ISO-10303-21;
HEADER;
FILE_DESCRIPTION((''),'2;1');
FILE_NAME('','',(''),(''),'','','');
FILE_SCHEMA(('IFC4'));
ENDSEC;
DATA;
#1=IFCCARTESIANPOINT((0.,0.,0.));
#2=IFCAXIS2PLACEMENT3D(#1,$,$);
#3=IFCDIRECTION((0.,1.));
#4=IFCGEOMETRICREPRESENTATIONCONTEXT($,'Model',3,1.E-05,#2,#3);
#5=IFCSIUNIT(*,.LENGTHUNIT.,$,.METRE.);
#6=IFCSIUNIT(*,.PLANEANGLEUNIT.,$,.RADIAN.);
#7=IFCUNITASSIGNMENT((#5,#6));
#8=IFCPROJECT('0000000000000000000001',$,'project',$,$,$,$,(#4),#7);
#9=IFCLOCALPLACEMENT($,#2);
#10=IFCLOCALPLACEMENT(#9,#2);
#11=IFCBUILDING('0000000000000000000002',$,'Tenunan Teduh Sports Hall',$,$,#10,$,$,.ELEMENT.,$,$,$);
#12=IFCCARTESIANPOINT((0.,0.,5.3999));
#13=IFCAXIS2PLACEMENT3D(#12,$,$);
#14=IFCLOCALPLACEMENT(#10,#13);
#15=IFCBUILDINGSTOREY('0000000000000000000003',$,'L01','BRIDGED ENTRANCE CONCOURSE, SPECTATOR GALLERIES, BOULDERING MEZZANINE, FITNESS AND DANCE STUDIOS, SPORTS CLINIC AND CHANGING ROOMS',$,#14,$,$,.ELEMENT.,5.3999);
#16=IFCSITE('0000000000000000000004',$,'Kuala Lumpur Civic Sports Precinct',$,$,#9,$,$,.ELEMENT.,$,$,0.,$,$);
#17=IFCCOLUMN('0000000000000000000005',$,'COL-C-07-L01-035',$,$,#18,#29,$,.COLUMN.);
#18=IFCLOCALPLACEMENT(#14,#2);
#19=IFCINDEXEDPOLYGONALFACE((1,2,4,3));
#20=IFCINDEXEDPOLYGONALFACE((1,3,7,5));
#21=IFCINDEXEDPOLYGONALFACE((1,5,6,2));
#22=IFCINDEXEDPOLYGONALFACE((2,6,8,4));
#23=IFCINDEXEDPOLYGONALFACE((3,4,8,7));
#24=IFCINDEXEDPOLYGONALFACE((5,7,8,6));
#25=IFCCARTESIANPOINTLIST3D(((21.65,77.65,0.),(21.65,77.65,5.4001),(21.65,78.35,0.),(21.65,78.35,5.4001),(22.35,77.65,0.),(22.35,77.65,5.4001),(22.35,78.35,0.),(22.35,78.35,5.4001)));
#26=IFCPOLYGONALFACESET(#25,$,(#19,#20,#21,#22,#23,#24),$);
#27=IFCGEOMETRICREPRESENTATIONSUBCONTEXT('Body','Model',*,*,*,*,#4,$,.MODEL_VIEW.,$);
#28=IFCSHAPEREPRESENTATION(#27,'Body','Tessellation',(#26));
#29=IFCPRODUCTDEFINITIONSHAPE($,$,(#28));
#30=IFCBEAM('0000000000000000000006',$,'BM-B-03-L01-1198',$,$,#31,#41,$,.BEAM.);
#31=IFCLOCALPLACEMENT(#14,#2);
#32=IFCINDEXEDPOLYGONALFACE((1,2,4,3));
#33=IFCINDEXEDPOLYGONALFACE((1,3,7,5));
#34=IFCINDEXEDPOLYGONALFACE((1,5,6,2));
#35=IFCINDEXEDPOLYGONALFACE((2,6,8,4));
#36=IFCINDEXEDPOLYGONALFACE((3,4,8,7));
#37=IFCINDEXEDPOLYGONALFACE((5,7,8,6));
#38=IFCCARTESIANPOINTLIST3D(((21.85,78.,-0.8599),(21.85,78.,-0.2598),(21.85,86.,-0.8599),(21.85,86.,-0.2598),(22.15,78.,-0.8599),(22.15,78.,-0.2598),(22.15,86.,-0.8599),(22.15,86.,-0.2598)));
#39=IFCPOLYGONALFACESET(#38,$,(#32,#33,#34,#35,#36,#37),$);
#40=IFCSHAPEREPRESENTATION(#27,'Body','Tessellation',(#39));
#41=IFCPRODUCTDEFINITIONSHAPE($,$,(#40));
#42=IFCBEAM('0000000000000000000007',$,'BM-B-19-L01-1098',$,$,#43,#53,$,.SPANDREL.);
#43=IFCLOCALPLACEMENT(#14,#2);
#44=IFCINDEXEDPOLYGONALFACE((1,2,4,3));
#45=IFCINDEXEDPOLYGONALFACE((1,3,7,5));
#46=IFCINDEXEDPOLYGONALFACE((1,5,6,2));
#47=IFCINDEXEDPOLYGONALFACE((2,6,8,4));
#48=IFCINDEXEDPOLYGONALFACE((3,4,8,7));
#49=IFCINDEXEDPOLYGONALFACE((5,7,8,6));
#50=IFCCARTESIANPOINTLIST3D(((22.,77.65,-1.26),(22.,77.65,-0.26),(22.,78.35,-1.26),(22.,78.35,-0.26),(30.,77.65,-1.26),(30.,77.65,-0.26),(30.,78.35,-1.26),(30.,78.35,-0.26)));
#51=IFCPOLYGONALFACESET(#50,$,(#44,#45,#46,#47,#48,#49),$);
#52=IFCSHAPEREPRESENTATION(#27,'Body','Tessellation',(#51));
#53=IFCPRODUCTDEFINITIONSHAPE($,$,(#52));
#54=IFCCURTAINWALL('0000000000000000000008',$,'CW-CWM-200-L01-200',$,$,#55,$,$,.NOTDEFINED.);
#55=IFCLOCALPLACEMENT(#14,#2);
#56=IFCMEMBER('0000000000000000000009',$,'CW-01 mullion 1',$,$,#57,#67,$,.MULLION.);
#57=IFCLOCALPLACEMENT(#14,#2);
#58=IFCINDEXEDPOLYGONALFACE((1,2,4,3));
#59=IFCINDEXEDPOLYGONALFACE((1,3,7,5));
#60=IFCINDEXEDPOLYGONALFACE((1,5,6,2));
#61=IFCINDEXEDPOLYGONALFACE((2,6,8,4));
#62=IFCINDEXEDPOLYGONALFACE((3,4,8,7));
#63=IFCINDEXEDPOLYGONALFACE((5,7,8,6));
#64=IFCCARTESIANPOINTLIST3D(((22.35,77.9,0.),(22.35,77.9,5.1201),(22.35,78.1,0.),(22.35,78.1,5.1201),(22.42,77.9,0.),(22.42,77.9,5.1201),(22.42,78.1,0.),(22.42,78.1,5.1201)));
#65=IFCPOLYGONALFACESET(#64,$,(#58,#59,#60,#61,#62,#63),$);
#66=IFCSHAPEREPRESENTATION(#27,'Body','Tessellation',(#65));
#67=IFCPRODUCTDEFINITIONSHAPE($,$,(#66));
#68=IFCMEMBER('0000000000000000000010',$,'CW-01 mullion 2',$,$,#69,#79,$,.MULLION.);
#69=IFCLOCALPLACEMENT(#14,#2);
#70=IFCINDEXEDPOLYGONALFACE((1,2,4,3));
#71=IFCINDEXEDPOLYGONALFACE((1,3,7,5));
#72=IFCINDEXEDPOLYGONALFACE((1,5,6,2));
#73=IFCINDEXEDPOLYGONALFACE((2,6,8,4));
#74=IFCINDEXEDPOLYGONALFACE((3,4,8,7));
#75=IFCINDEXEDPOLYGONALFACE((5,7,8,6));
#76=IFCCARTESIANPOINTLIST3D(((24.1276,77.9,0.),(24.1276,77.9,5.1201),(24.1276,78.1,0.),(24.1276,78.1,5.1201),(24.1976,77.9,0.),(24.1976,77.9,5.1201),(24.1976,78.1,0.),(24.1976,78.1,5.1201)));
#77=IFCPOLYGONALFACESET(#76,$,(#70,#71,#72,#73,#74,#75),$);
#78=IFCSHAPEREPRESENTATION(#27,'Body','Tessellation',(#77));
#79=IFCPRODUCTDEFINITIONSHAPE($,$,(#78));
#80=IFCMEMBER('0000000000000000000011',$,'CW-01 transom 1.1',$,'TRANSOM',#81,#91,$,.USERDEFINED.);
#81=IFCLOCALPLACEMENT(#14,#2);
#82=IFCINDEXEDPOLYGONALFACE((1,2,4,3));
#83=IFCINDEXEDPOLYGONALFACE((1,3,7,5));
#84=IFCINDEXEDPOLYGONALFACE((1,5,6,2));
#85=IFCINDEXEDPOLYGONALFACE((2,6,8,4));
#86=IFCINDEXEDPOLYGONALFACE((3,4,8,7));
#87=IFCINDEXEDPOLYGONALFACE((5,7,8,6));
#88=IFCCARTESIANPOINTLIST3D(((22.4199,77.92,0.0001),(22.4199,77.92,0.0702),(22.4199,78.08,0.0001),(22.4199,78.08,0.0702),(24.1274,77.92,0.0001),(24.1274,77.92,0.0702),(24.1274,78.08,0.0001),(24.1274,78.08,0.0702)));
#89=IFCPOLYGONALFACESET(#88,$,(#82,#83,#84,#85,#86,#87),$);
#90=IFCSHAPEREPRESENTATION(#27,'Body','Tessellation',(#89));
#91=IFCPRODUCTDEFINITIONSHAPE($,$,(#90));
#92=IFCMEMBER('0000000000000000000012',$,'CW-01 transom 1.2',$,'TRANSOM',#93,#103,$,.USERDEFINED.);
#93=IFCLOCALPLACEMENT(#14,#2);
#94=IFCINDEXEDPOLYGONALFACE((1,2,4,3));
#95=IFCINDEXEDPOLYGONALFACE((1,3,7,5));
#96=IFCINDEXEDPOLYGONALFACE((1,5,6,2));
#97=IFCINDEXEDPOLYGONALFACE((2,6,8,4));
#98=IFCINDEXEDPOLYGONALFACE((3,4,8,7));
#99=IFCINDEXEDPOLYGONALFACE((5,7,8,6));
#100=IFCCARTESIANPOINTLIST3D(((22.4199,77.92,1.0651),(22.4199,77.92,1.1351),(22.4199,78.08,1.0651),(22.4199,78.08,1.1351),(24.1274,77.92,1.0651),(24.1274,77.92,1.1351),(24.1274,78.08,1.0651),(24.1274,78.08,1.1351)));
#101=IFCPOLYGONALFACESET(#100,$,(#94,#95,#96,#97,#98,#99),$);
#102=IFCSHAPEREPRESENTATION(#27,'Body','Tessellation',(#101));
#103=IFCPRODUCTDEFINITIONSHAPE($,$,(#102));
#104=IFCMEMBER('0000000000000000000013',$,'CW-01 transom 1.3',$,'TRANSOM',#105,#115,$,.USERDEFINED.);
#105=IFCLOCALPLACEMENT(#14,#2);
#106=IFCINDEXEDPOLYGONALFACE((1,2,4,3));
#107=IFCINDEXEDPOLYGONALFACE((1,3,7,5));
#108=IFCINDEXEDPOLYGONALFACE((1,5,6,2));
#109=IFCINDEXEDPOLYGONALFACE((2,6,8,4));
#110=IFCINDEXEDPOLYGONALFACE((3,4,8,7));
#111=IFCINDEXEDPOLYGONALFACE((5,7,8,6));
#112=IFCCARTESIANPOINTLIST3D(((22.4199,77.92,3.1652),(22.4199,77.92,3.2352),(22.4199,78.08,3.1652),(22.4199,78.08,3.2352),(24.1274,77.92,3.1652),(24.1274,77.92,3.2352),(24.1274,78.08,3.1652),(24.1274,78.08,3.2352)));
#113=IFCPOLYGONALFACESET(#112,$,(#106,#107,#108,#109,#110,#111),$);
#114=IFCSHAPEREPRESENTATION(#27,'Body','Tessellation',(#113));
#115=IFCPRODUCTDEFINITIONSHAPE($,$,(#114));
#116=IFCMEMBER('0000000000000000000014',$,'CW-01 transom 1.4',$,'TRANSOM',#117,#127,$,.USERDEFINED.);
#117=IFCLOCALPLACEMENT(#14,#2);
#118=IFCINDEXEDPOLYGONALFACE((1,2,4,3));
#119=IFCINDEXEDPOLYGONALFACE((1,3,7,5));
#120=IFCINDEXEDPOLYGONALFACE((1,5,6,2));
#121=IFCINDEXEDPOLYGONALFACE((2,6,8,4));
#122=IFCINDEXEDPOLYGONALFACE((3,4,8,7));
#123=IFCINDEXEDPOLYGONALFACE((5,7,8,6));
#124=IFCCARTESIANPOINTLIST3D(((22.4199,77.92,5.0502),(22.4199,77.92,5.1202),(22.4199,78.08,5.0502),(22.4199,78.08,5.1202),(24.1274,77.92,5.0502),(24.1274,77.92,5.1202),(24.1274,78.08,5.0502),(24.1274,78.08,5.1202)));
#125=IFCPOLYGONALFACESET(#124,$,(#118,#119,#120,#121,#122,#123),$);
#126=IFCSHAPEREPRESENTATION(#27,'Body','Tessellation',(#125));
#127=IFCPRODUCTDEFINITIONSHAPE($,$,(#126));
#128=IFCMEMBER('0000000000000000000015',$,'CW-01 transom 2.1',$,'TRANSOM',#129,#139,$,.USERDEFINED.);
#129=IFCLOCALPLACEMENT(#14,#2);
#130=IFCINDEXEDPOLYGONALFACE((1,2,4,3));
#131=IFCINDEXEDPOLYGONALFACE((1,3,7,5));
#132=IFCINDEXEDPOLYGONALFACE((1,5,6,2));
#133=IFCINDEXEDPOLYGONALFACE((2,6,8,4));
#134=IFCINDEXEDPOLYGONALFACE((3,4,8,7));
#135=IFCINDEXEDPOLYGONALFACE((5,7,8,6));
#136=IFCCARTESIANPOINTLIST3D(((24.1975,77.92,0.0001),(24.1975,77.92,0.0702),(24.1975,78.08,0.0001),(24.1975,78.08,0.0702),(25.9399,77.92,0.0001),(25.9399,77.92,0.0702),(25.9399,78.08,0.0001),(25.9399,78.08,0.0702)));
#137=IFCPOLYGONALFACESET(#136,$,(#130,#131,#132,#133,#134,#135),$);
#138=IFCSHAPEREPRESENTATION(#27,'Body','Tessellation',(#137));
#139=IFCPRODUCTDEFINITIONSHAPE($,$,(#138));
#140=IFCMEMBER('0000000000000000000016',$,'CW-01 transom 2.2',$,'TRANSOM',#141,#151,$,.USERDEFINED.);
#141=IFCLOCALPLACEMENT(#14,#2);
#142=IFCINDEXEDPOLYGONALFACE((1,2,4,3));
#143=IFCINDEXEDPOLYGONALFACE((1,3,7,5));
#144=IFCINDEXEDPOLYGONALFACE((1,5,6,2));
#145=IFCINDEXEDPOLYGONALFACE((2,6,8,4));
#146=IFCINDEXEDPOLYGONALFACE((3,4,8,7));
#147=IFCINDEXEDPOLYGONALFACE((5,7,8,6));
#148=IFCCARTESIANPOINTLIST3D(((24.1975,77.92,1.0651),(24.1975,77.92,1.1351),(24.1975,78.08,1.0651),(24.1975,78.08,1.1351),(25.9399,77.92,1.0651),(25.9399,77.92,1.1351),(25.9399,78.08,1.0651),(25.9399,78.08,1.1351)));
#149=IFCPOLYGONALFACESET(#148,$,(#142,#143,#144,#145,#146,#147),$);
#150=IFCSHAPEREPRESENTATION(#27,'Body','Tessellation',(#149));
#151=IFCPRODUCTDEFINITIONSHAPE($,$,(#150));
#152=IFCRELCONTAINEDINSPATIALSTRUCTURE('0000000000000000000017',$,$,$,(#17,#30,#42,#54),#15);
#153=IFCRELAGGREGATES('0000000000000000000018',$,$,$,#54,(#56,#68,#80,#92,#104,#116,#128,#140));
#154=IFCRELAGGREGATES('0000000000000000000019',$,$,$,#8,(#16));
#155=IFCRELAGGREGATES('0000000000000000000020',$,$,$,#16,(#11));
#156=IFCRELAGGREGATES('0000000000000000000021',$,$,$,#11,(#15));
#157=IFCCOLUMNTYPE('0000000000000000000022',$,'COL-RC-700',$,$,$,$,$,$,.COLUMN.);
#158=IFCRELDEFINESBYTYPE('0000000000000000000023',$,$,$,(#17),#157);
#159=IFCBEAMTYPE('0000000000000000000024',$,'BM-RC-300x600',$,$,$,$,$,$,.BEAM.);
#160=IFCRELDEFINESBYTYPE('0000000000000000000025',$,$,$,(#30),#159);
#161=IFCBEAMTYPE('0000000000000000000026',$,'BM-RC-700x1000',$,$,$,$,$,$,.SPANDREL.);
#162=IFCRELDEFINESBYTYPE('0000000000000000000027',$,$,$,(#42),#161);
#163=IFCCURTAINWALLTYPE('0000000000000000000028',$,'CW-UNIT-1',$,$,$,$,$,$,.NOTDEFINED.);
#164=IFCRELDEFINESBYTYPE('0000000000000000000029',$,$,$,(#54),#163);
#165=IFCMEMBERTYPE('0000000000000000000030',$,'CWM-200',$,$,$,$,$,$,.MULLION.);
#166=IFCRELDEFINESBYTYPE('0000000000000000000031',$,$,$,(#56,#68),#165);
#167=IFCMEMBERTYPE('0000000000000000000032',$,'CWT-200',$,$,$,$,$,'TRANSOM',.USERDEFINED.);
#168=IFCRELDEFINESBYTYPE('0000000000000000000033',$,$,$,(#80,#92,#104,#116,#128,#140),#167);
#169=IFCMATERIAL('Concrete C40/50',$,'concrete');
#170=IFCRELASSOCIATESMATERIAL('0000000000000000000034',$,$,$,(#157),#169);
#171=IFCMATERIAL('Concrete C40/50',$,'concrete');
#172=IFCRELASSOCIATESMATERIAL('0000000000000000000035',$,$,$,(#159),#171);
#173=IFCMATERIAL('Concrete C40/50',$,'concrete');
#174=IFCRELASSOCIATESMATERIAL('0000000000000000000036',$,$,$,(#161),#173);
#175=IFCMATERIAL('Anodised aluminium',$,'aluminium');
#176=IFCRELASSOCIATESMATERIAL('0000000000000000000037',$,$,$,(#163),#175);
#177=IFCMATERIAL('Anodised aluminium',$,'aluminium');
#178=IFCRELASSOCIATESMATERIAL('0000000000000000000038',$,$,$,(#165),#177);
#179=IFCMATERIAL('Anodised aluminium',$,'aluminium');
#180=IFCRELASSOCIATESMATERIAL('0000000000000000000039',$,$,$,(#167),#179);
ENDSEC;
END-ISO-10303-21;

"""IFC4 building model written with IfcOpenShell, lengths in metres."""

from ifc_helpers import new_model, si_unit, direction, frame, origin, origin_2d, place, context, subcontext, project, spatial, rectangle, extrude, material, material_profile, profile_set, type_object, element, aggregate, save


model = new_model("IFC4")

# Units and contexts
model_context = context("Model", 3, precision=1e-05, world=origin(), true_north=direction((0.0, 1.0)))
body_context = subcontext(model_context, "Body", "Model", "MODEL_VIEW")
ifc_project = project(units=[si_unit("LENGTHUNIT", "METRE"), si_unit("PLANEANGLEUNIT", "RADIAN")], contexts=[model_context])

# Site, building, storey
site_placement = place(None, origin())
site = spatial("IfcSite", under=ifc_project, at=site_placement, Name="Kuala Lumpur Civic Sports Precinct", CompositionType="ELEMENT", RefElevation=0.0)
building_placement = place(site_placement, origin())
building = spatial("IfcBuilding", under=site, at=building_placement, Name="Tenunan Teduh Sports Hall", CompositionType="ELEMENT")
storey_placement = place(building_placement, frame((0.0, 0.0, 5.3999)))
storey = spatial("IfcBuildingStorey", under=building, at=storey_placement, Name="L01", Description="BRIDGED ENTRANCE CONCOURSE, SPECTATOR GALLERIES, BOULDERING MEZZANINE, FITNESS AND DANCE STUDIOS, SPORTS CLINIC AND CHANGING ROOMS", CompositionType="ELEMENT", Elevation=5.3999)

# Column
ifc_material_1 = material(Name="Concrete C40/50", Category="concrete")
ifc_material_profile_1 = material_profile(ifc_material_1, rectangle(XDim=0.7, YDim=0.7, at=origin_2d()), Name="RC 700x700")
ifc_profile_set_1 = profile_set([ifc_material_profile_1], Name="Concrete C40/50")
column_type = type_object("IfcColumnType", Name="COL-RC-700", PredefinedType="COLUMN", material=ifc_profile_set_1)
column_placement = place(storey_placement, frame((22.0, 78.0, 0.0), z_axis=(0.0, 0.0, 1.0), x_axis=(1.0, 0.0, 0.0)))
element("IfcColumn", 1, at=column_placement, inside=storey, type_object=column_type, Name="COL-C-07-L01-035", PredefinedType="COLUMN", context=body_context, shape_type="SweptSolid", body=[
    extrude(rectangle(XDim=0.7, YDim=0.7, at=origin_2d()), origin(), (0.0, 0.0, 1.0), 5.4001),
])

# Beams
ifc_material_2 = material(Name="Concrete C40/50", Category="concrete")
ifc_material_profile_2 = material_profile(ifc_material_2, rectangle(XDim=0.3, YDim=0.6001, at=origin_2d()), Name="RCB 300x600")
ifc_profile_set_2 = profile_set([ifc_material_profile_2], Name="Concrete C40/50")
beam_type_1 = type_object("IfcBeamType", Name="BM-RC-300x600", PredefinedType="BEAM", material=ifc_profile_set_2)
beam_1_placement = place(storey_placement, frame((22.0, 78.0, -0.5598), z_axis=(0.0, 1.0, 0.0), x_axis=(-1.0, 0.0, 0.0)))
element("IfcBeam", 2, at=beam_1_placement, inside=storey, type_object=beam_type_1, Name="BM-B-03-L01-1198", PredefinedType="BEAM", context=body_context, shape_type="SweptSolid", body=[
    extrude(rectangle(XDim=0.3, YDim=0.6001, at=origin_2d()), origin(), (0.0, 0.0, 1.0), 8.0),
])
ifc_material_3 = material(Name="Concrete C40/50", Category="concrete")
ifc_material_profile_3 = material_profile(ifc_material_3, rectangle(XDim=0.7, YDim=1.0, at=origin_2d()), Name="RCB 700x1000")
ifc_profile_set_3 = profile_set([ifc_material_profile_3], Name="Concrete C40/50")
beam_type_2 = type_object("IfcBeamType", Name="BM-RC-700x1000", PredefinedType="SPANDREL", material=ifc_profile_set_3)
beam_2_placement = place(storey_placement, frame((22.0, 78.0, -0.76), z_axis=(1.0, 0.0, 0.0), x_axis=(0.0, 1.0, 0.0)))
element("IfcBeam", 3, at=beam_2_placement, inside=storey, type_object=beam_type_2, Name="BM-B-19-L01-1098", PredefinedType="SPANDREL", context=body_context, shape_type="SweptSolid", body=[
    extrude(rectangle(XDim=0.7, YDim=1.0, at=origin_2d()), origin(), (0.0, 0.0, 1.0), 8.0),
])

# Curtain wall, members
ifc_material_4 = material(Name="Anodised aluminium", Category="aluminium")
curtain_wall_type = type_object("IfcCurtainWallType", Name="CW-UNIT-1", PredefinedType="NOTDEFINED", material=ifc_material_4)
curtain_wall_placement = place(storey_placement, origin())
curtain_wall = element("IfcCurtainWall", 4, at=curtain_wall_placement, inside=storey, type_object=curtain_wall_type, Name="CW-CWM-200-L01-200", PredefinedType="NOTDEFINED")
ifc_material_5 = material(Name="Anodised aluminium", Category="aluminium")
ifc_material_profile_4 = material_profile(ifc_material_5, rectangle(XDim=0.0701, YDim=0.2, at=origin_2d()), Name="CWM 70x200")
ifc_profile_set_4 = profile_set([ifc_material_profile_4], Name="Anodised aluminium")
member_type_1 = type_object("IfcMemberType", Name="CWM-200", PredefinedType="MULLION", material=ifc_profile_set_4)
member_1_placement = place(storey_placement, frame((22.385, 78.0, 0.0), z_axis=(0.0, 0.0, 1.0), x_axis=(1.0, 0.0, 0.0)))
member_1 = element("IfcMember", 5, at=member_1_placement, type_object=member_type_1, Name="CW-01 mullion 1", PredefinedType="MULLION", context=body_context, shape_type="SweptSolid", body=[
    extrude(rectangle(XDim=0.0701, YDim=0.2, at=origin_2d()), origin(), (0.0, 0.0, 1.0), 5.1201),
])
member_2_placement = place(storey_placement, frame((24.1626, 78.0, 0.0), z_axis=(0.0, 0.0, 1.0), x_axis=(1.0, 0.0, 0.0)))
member_2 = element("IfcMember", 6, at=member_2_placement, type_object=member_type_1, Name="CW-01 mullion 2", PredefinedType="MULLION", context=body_context, shape_type="SweptSolid", body=[
    extrude(rectangle(XDim=0.0701, YDim=0.2, at=origin_2d()), origin(), (0.0, 0.0, 1.0), 5.1201),
])
ifc_material_6 = material(Name="Anodised aluminium", Category="aluminium")
ifc_material_profile_5 = material_profile(ifc_material_6, rectangle(XDim=0.0701, YDim=0.1599, at=origin_2d()), Name="CWT 70x160")
ifc_profile_set_5 = profile_set([ifc_material_profile_5], Name="Anodised aluminium")
member_type_2 = type_object("IfcMemberType", Name="CWT-200", ElementType="TRANSOM", PredefinedType="USERDEFINED", material=ifc_profile_set_5)
member_3_placement = place(storey_placement, frame((22.4199, 78.0, 0.0352), z_axis=(1.0, 0.0, 0.0), x_axis=(0.0, 0.0, 1.0)))
member_3 = element("IfcMember", 7, at=member_3_placement, type_object=member_type_2, Name="CW-01 transom 1.1", ObjectType="TRANSOM", PredefinedType="USERDEFINED", context=body_context, shape_type="SweptSolid", body=[
    extrude(rectangle(XDim=0.0701, YDim=0.1599, at=origin_2d()), origin(), (0.0, 0.0, 1.0), 1.7075),
])
member_4_placement = place(storey_placement, frame((22.4199, 78.0, 1.1001), z_axis=(1.0, 0.0, 0.0), x_axis=(0.0, 0.0, 1.0)))
member_4 = element("IfcMember", 8, at=member_4_placement, type_object=member_type_2, Name="CW-01 transom 1.2", ObjectType="TRANSOM", PredefinedType="USERDEFINED", context=body_context, shape_type="SweptSolid", body=[
    extrude(rectangle(XDim=0.0701, YDim=0.1599, at=origin_2d()), origin(), (0.0, 0.0, 1.0), 1.7075),
])
member_5_placement = place(storey_placement, frame((22.4199, 78.0, 3.2002), z_axis=(1.0, 0.0, 0.0), x_axis=(0.0, 0.0, 1.0)))
member_5 = element("IfcMember", 9, at=member_5_placement, type_object=member_type_2, Name="CW-01 transom 1.3", ObjectType="TRANSOM", PredefinedType="USERDEFINED", context=body_context, shape_type="SweptSolid", body=[
    extrude(rectangle(XDim=0.0701, YDim=0.1599, at=origin_2d()), origin(), (0.0, 0.0, 1.0), 1.7075),
])
member_6_placement = place(storey_placement, frame((22.4199, 78.0, 5.0852), z_axis=(1.0, 0.0, 0.0), x_axis=(0.0, 0.0, 1.0)))
member_6 = element("IfcMember", 10, at=member_6_placement, type_object=member_type_2, Name="CW-01 transom 1.4", ObjectType="TRANSOM", PredefinedType="USERDEFINED", context=body_context, shape_type="SweptSolid", body=[
    extrude(rectangle(XDim=0.0701, YDim=0.1599, at=origin_2d()), origin(), (0.0, 0.0, 1.0), 1.7075),
])
member_7_placement = place(storey_placement, frame((24.1975, 78.0, 0.0352), z_axis=(1.0, 0.0, 0.0), x_axis=(0.0, 0.0, 1.0)))
member_7 = element("IfcMember", 11, at=member_7_placement, type_object=member_type_2, Name="CW-01 transom 2.1", ObjectType="TRANSOM", PredefinedType="USERDEFINED", context=body_context, shape_type="SweptSolid", body=[
    extrude(rectangle(XDim=0.0701, YDim=0.1599, at=origin_2d()), origin(), (0.0, 0.0, 1.0), 1.7424),
])
member_8_placement = place(storey_placement, frame((24.1975, 78.0, 1.1001), z_axis=(1.0, 0.0, 0.0), x_axis=(0.0, 0.0, 1.0)))
member_8 = element("IfcMember", 12, at=member_8_placement, type_object=member_type_2, Name="CW-01 transom 2.2", ObjectType="TRANSOM", PredefinedType="USERDEFINED", context=body_context, shape_type="SweptSolid", body=[
    extrude(rectangle(XDim=0.0701, YDim=0.1599, at=origin_2d()), origin(), (0.0, 0.0, 1.0), 1.7424),
])

aggregate(curtain_wall, [member_1, member_2, member_3, member_4, member_5, member_6, member_7, member_8])

save(model, "model.ifc")
